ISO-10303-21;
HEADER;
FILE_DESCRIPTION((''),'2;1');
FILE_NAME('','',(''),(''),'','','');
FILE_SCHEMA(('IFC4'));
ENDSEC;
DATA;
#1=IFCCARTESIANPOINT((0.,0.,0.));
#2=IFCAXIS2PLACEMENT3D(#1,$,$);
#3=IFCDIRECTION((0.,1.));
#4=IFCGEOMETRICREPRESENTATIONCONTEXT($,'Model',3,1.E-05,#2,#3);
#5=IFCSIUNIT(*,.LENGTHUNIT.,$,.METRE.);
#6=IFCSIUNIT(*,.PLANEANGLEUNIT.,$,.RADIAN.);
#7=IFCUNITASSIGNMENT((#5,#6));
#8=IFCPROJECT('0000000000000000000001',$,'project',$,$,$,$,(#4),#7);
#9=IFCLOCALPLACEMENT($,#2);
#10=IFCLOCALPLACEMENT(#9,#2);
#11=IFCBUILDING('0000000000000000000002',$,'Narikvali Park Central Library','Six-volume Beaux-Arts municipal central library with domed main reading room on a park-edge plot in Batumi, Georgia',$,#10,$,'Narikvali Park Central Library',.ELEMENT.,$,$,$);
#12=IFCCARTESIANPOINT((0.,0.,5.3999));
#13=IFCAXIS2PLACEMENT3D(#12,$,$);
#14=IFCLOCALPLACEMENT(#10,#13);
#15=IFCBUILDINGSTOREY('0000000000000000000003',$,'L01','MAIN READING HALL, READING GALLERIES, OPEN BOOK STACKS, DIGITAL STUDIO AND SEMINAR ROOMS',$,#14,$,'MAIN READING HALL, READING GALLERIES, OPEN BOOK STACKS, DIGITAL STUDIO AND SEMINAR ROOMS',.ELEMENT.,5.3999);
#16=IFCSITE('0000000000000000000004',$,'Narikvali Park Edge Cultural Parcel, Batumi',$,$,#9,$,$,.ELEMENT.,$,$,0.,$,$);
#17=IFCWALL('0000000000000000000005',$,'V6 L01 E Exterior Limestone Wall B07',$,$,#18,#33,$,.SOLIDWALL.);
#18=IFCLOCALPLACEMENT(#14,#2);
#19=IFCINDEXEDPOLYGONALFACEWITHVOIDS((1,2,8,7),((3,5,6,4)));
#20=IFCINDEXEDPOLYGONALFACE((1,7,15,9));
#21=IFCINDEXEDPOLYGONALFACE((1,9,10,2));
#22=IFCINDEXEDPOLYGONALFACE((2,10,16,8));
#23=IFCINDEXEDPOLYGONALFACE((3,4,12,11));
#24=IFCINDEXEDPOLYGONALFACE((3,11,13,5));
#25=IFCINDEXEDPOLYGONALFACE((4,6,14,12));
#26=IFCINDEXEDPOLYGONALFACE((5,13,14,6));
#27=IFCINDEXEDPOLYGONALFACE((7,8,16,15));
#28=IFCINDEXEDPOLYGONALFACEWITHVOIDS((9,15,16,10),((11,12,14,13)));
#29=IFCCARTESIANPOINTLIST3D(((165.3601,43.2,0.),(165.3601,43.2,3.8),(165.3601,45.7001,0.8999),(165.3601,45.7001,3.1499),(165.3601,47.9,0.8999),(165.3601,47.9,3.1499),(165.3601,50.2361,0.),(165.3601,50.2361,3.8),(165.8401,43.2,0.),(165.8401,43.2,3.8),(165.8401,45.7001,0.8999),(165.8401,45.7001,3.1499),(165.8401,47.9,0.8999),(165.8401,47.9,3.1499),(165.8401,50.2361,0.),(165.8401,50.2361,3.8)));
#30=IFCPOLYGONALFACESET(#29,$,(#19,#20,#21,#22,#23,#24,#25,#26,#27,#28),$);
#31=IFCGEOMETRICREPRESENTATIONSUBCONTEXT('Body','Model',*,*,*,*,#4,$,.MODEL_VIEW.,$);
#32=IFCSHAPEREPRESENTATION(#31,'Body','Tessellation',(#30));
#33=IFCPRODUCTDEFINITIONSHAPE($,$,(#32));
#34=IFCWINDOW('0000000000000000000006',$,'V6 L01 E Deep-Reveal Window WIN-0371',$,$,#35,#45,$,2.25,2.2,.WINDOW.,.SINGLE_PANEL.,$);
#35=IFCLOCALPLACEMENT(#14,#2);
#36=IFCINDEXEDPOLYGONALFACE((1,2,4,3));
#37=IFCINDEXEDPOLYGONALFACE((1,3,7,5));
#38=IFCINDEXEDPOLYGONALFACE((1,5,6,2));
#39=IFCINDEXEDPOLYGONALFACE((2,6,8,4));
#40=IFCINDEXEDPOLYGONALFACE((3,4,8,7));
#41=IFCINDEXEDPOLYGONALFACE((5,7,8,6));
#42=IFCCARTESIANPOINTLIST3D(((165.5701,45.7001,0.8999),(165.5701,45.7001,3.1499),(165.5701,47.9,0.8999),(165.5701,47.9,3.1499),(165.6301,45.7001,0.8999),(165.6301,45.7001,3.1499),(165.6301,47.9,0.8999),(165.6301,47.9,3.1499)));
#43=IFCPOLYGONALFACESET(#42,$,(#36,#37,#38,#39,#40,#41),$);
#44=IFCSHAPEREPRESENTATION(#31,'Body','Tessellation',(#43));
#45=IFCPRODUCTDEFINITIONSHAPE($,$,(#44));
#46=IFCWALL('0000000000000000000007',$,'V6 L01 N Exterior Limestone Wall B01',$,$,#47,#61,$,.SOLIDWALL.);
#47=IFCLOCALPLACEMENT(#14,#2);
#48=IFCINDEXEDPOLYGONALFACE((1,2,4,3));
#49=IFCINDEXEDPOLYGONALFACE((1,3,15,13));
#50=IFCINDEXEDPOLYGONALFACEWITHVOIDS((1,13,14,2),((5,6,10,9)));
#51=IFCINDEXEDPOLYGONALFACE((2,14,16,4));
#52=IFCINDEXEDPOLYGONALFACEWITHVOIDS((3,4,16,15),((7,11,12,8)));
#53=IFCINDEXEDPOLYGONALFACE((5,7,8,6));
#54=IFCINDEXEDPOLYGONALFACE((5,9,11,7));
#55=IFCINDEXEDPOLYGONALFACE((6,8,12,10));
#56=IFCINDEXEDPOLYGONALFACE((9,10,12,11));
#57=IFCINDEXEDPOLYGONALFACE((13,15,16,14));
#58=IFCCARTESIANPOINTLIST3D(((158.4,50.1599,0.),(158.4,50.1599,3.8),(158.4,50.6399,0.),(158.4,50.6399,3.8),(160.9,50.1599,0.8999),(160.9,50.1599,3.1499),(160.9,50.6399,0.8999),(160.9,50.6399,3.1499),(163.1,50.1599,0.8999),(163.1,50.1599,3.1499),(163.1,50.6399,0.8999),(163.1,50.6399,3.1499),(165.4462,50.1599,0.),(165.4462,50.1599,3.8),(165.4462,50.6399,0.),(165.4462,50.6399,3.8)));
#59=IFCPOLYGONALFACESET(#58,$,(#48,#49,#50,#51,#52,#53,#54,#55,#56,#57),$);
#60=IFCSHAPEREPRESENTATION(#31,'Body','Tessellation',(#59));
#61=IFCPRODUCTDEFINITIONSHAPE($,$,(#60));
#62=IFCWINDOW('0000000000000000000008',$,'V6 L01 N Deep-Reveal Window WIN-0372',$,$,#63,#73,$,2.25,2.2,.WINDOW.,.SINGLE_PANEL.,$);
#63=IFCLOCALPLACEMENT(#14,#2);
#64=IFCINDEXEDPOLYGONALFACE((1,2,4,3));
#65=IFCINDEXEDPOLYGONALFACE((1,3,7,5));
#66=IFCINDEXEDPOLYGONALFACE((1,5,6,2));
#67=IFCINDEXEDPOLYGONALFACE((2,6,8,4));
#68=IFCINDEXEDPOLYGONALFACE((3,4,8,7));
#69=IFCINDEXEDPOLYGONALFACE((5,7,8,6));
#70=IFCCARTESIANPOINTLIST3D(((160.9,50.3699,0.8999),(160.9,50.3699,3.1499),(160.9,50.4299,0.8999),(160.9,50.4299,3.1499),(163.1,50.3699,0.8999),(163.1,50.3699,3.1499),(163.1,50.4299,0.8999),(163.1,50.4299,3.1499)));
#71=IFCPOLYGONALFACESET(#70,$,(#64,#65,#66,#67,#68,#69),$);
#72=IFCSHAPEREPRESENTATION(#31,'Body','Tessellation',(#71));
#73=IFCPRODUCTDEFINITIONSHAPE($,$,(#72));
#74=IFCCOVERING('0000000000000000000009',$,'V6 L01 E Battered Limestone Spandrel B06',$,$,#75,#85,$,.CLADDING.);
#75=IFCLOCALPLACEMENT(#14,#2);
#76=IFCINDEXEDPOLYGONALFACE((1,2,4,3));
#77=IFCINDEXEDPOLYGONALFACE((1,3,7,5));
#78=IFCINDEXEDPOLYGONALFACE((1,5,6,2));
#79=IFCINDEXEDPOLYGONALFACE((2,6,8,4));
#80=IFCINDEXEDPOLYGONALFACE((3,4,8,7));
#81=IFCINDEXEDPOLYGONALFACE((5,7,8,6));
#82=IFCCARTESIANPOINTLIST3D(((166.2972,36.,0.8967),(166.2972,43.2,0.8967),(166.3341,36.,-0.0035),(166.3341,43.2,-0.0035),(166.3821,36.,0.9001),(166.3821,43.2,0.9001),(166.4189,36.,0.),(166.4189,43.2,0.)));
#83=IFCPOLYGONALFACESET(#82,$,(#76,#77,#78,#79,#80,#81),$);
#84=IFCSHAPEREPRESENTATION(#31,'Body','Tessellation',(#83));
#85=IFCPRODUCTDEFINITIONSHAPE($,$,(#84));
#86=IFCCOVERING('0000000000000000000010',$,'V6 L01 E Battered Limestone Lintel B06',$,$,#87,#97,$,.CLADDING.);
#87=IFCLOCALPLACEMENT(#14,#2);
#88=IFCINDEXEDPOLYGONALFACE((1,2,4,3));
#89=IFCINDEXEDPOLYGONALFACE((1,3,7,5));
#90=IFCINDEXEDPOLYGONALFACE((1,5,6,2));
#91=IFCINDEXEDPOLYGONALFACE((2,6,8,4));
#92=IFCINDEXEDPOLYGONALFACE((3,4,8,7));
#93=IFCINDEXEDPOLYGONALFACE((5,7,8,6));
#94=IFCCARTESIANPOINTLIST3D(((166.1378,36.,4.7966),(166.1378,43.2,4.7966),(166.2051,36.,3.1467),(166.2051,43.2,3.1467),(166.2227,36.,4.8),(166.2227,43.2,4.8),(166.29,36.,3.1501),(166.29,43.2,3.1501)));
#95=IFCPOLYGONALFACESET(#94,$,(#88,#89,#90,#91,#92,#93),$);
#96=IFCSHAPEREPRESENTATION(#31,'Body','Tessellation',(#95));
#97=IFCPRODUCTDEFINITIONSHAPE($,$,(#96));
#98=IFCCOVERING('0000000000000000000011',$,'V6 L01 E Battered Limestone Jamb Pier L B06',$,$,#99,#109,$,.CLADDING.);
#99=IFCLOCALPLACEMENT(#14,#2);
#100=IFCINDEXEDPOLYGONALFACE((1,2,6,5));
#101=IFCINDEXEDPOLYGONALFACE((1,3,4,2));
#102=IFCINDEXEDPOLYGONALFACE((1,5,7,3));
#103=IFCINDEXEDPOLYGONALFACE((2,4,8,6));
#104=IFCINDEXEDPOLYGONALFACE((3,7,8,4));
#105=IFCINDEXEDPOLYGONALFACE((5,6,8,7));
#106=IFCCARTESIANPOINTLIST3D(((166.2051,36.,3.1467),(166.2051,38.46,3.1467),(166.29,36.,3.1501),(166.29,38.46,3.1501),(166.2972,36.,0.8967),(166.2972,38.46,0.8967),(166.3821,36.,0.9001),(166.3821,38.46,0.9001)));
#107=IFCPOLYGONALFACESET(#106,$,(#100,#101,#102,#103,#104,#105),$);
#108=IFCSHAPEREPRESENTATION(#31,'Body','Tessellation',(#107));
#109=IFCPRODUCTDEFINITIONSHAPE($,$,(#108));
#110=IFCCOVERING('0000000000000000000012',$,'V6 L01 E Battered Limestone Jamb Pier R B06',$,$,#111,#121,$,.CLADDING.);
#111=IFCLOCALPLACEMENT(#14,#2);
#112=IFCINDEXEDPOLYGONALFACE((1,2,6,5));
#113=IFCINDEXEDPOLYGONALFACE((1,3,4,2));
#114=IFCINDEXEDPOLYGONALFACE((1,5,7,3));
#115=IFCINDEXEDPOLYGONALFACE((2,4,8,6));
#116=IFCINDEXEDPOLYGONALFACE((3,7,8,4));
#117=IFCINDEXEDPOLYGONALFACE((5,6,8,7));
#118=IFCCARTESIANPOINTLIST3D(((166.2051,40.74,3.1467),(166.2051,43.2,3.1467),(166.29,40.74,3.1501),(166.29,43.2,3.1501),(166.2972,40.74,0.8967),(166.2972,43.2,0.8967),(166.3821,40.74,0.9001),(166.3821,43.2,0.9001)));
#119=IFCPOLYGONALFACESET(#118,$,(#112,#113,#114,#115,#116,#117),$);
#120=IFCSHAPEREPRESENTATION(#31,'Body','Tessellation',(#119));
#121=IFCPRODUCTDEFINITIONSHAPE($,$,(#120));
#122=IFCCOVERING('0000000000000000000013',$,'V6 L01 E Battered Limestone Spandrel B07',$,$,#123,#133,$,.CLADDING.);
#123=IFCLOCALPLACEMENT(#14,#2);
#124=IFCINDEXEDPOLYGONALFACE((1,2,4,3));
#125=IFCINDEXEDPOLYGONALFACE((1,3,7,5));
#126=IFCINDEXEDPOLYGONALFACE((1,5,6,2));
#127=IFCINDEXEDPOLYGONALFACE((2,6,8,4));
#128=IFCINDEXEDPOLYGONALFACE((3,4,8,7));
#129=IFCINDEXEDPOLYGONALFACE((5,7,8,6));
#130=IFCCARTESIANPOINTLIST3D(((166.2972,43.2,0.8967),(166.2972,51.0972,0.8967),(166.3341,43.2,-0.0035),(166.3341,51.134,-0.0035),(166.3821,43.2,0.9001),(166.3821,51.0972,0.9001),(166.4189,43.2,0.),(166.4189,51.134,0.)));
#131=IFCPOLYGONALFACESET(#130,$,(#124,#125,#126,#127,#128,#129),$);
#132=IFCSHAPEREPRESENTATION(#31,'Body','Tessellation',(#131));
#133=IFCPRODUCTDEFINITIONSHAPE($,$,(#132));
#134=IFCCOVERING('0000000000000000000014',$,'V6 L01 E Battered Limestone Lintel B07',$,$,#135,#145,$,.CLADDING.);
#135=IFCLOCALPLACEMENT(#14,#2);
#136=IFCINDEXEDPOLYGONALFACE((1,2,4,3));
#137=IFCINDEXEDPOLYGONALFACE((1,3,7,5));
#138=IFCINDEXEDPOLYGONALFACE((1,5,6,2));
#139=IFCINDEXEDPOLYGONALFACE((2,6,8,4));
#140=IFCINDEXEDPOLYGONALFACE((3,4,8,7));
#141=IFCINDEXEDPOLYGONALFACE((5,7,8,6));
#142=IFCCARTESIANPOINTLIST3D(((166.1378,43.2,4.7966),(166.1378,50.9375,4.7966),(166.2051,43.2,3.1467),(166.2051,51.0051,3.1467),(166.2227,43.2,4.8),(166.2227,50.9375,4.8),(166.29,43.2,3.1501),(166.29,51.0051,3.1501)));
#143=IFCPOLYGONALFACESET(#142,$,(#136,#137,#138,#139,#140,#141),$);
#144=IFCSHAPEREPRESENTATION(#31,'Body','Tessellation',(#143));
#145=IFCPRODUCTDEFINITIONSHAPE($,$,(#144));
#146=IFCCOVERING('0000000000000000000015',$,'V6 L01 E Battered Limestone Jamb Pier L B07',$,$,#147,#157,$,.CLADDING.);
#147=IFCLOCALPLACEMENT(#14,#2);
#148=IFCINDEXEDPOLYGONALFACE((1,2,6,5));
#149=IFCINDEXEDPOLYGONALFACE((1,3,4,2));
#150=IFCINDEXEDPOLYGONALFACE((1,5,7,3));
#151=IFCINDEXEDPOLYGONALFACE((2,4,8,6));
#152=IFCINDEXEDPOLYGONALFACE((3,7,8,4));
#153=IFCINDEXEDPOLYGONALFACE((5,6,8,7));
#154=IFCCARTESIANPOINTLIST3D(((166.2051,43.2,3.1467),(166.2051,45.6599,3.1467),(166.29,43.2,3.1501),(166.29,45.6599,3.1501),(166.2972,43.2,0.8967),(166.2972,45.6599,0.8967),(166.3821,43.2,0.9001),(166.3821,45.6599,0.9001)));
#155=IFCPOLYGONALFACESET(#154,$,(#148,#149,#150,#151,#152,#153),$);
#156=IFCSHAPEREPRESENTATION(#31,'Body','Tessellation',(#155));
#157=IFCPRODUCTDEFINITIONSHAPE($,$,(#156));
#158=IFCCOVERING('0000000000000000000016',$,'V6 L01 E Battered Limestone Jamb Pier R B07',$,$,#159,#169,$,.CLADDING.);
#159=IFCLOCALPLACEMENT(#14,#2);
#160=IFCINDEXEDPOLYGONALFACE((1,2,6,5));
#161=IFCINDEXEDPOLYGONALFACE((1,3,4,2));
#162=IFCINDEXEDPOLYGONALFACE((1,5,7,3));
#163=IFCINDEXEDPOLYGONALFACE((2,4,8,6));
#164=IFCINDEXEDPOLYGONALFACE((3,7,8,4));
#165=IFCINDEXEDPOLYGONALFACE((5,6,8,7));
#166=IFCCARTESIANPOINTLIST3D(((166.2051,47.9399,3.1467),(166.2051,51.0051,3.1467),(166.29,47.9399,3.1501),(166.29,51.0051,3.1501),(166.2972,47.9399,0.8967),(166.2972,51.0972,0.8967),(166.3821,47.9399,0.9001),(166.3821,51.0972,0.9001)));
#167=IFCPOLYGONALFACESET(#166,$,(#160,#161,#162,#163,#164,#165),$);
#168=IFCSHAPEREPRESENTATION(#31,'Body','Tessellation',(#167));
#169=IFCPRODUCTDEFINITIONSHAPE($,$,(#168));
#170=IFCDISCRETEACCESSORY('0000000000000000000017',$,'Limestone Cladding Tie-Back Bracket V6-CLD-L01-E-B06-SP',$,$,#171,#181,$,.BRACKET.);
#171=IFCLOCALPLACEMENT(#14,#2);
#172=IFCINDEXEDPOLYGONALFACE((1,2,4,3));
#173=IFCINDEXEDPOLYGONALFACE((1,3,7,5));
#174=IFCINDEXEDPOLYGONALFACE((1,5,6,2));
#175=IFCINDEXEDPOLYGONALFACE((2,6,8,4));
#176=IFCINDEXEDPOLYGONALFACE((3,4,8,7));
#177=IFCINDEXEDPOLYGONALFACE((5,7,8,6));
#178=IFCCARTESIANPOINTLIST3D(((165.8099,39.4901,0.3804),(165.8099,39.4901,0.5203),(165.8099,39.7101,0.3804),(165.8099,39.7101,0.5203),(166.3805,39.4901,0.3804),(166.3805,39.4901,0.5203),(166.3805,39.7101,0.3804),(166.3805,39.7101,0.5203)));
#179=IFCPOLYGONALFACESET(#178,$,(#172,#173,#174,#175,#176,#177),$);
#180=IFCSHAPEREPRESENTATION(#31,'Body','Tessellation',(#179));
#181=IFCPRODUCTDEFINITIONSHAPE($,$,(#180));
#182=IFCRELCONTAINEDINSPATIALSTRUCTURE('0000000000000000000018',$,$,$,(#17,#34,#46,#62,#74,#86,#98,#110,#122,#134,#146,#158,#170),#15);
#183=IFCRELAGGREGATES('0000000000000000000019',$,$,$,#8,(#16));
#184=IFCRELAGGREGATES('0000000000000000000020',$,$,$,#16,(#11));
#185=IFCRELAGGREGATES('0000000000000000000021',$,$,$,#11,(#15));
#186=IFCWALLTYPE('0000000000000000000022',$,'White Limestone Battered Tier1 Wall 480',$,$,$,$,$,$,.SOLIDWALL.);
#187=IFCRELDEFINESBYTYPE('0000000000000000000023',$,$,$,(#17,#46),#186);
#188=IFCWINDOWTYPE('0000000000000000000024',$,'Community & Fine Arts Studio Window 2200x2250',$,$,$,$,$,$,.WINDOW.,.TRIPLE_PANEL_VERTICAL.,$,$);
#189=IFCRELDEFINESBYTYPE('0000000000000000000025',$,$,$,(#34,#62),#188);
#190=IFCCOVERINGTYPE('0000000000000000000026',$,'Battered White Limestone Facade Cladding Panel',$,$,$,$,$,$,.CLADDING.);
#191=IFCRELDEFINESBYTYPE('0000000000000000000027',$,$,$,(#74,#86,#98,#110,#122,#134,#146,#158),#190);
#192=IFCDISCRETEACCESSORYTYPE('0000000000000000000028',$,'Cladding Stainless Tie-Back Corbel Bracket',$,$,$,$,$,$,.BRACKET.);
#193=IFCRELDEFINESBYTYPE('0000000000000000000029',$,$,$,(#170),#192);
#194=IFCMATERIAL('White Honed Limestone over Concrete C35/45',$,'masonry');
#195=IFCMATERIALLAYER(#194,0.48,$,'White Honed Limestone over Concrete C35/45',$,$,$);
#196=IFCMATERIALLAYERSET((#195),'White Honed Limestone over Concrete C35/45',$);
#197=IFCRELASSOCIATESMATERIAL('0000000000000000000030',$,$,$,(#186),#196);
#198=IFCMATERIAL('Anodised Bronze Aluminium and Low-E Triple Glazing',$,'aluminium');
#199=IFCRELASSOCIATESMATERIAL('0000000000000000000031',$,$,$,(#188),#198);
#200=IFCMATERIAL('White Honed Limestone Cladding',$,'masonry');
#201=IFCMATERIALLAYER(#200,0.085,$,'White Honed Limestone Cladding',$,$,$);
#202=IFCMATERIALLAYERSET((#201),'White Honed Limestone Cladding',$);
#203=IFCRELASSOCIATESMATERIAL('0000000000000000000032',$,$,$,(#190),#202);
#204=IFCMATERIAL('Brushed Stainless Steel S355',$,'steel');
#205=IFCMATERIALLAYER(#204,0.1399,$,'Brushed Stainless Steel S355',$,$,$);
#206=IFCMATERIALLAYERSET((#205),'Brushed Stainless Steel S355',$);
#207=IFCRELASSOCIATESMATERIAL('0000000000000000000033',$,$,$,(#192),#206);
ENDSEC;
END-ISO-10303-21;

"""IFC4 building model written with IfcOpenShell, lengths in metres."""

from ifc_helpers import new_model, si_unit, direction, frame, frame_2d, origin, origin_2d, place, context, subcontext, project, spatial, polyline, rectangle, outline, extrude, material, layer, layer_set, type_object, element, fill, save


model = new_model("IFC4")

# Units and contexts
model_context = context("Model", 3, precision=1e-05, world=origin(), true_north=direction((0.0, 1.0)))
body_context = subcontext(model_context, "Body", "Model", "MODEL_VIEW")
ifc_project = project(units=[si_unit("LENGTHUNIT", "METRE"), si_unit("PLANEANGLEUNIT", "RADIAN")], contexts=[model_context])

# Site, building, storey
site_placement = place(None, origin())
site = spatial("IfcSite", under=ifc_project, at=site_placement, Name="Narikvali Park Edge Cultural Parcel, Batumi", CompositionType="ELEMENT", RefElevation=0.0)
building_placement = place(site_placement, origin())
building = spatial("IfcBuilding", under=site, at=building_placement, Name="Narikvali Park Central Library", Description="Six-volume Beaux-Arts municipal central library with domed main reading room on a park-edge plot in Batumi, Georgia", LongName="Narikvali Park Central Library", CompositionType="ELEMENT")
storey_placement = place(building_placement, frame((0.0, 0.0, 5.3999)))
storey = spatial("IfcBuildingStorey", under=building, at=storey_placement, Name="L01", Description="MAIN READING HALL, READING GALLERIES, OPEN BOOK STACKS, DIGITAL STUDIO AND SEMINAR ROOMS", LongName="MAIN READING HALL, READING GALLERIES, OPEN BOOK STACKS, DIGITAL STUDIO AND SEMINAR ROOMS", CompositionType="ELEMENT", Elevation=5.3999)

# Walls, openings, windows
ifc_material_1 = material(Name="White Honed Limestone over Concrete C35/45", Category="masonry")
ifc_layer_1 = layer(ifc_material_1, 0.48, Name="White Honed Limestone over Concrete C35/45")
ifc_layer_set_1 = layer_set([ifc_layer_1], Name="White Honed Limestone over Concrete C35/45")
wall_type = type_object("IfcWallType", Name="White Limestone Battered Tier1 Wall 480", PredefinedType="SOLIDWALL", material=ifc_layer_set_1)
ifc_material_2 = material(Name="Anodised Bronze Aluminium and Low-E Triple Glazing", Category="aluminium")
window_type = type_object("IfcWindowType", Name="Community & Fine Arts Studio Window 2200x2250", PartitioningType="TRIPLE_PANEL_VERTICAL", PredefinedType="WINDOW", material=ifc_material_2)
wall_1_placement = place(storey_placement, frame((165.6001, 43.2, 0.0), z_axis=(0.0, 0.0, 1.0), x_axis=(0.0, 1.0, 0.0)))
wall_1 = element("IfcWall", 1, at=wall_1_placement, inside=storey, type_object=wall_type, Name="V6 L01 E Exterior Limestone Wall B07", PredefinedType="SOLIDWALL", context=body_context, shape_type="SweptSolid", body=[
    extrude(rectangle(XDim=7.0361, YDim=0.48, at=frame_2d((3.5181, 0.0))), origin(), (0.0, 0.0, 1.0), 3.8),
])
opening_1_placement = place(wall_1_placement, frame((2.5, 0.0, 0.8999)))
opening_1 = element("IfcOpeningElement", 2, at=opening_1_placement, cuts=wall_1, PredefinedType="OPENING", context=body_context, shape_type="SweptSolid", body=[
    extrude(rectangle(XDim=2.2, YDim=2.25, at=frame_2d((1.1001, 1.125))), frame((0.0, 0.252, 0.0), z_axis=(0.0, -1.0, 0.0), x_axis=(1.0, 0.0, 0.0)), (0.0, 0.0, 1.0), 0.5039),
])
window_1_placement = place(opening_1_placement, origin())
window_1 = element("IfcWindow", 3, at=window_1_placement, inside=storey, type_object=window_type, Name="V6 L01 E Deep-Reveal Window WIN-0371", OverallHeight=2.25, OverallWidth=2.2, PartitioningType="SINGLE_PANEL", PredefinedType="WINDOW", context=body_context, shape_type="SweptSolid", body=[
    extrude(rectangle(XDim=2.2, YDim=2.25, at=frame_2d((1.1001, 1.125))), frame((0.0, 0.03, 0.0), z_axis=(0.0, -1.0, 0.0), x_axis=(1.0, 0.0, 0.0)), (0.0, 0.0, 1.0), 0.0601),
])
fill(opening_1, window_1)
wall_2_placement = place(storey_placement, frame((165.446, 50.3999, 0.0), z_axis=(0.0, 0.0, 1.0), x_axis=(-1.0, 0.0, 0.0)))
wall_2 = element("IfcWall", 4, at=wall_2_placement, inside=storey, type_object=wall_type, Name="V6 L01 N Exterior Limestone Wall B01", PredefinedType="SOLIDWALL", context=body_context, shape_type="SweptSolid", body=[
    extrude(rectangle(XDim=7.0461, YDim=0.48, at=frame_2d((3.5229, 0.0))), origin(), (0.0, 0.0, 1.0), 3.8),
])
opening_2_placement = place(wall_2_placement, frame((2.3459, 0.0, 0.8999)))
opening_2 = element("IfcOpeningElement", 5, at=opening_2_placement, cuts=wall_2, PredefinedType="OPENING", context=body_context, shape_type="SweptSolid", body=[
    extrude(rectangle(XDim=2.2, YDim=2.25, at=frame_2d((1.1001, 1.125))), frame((0.0, 0.252, 0.0), z_axis=(0.0, -1.0, 0.0), x_axis=(1.0, 0.0, 0.0)), (0.0, 0.0, 1.0), 0.5039),
])
window_2_placement = place(opening_2_placement, origin())
window_2 = element("IfcWindow", 6, at=window_2_placement, inside=storey, type_object=window_type, Name="V6 L01 N Deep-Reveal Window WIN-0372", OverallHeight=2.25, OverallWidth=2.2, PartitioningType="SINGLE_PANEL", PredefinedType="WINDOW", context=body_context, shape_type="SweptSolid", body=[
    extrude(rectangle(XDim=2.2, YDim=2.25, at=frame_2d((1.1001, 1.125))), frame((0.0, 0.03, 0.0), z_axis=(0.0, -1.0, 0.0), x_axis=(1.0, 0.0, 0.0)), (0.0, 0.0, 1.0), 0.0601),
])
fill(opening_2, window_2)

# Coverings
ifc_material_3 = material(Name="White Honed Limestone Cladding", Category="masonry")
ifc_layer_2 = layer(ifc_material_3, 0.085, Name="White Honed Limestone Cladding")
ifc_layer_set_2 = layer_set([ifc_layer_2], Name="White Honed Limestone Cladding")
covering_type = type_object("IfcCoveringType", Name="Battered White Limestone Facade Cladding Panel", PredefinedType="CLADDING", material=ifc_layer_set_2)
covering_1_placement = place(storey_placement, frame((166.4189, 36.0, 0.0), z_axis=(0.999162, 0.0, 0.04092), x_axis=(0.0, 1.0, 0.0)))
element("IfcCovering", 7, at=covering_1_placement, inside=storey, type_object=covering_type, Name="V6 L01 E Battered Limestone Spandrel B06", PredefinedType="CLADDING", context=body_context, shape_type="SweptSolid", body=[
    extrude(outline(polyline([(0.0, 0.0), (7.2, 0.0), (7.2, 0.9009), (0.0, 0.9009), (0.0, 0.0)])), origin(), (0.0, 0.0, -1.0), 0.085),
])
covering_2_placement = place(storey_placement, frame((166.29, 36.0, 3.1501), z_axis=(0.999167, 0.0, 0.040806), x_axis=(0.0, 1.0, 0.0)))
element("IfcCovering", 8, at=covering_2_placement, inside=storey, type_object=covering_type, Name="V6 L01 E Battered Limestone Lintel B06", PredefinedType="CLADDING", context=body_context, shape_type="SweptSolid", body=[
    extrude(outline(polyline([(0.0, 0.0), (7.2, 0.0), (7.2, 1.6513), (0.0, 1.6513), (0.0, 0.0)])), origin(), (0.0, 0.0, -1.0), 0.085),
])
for number, where, z_axis, x_axis, name in (
    (9, (166.3821, 36.0, 0.9001), (0.999164, 0.0, 0.040873), (0.0, 1.0, 0.0), "V6 L01 E Battered Limestone Jamb Pier L B06"),
    (10, (166.3821, 40.74, 0.9001), (0.999164, 0.0, 0.040873), (0.0, 1.0, 0.0), "V6 L01 E Battered Limestone Jamb Pier R B06"),
):
    element("IfcCovering", number, at=place(storey_placement, frame(where, z_axis=z_axis, x_axis=x_axis)), inside=storey, type_object=covering_type, Name=name, PredefinedType="CLADDING", context=body_context, shape_type="SweptSolid", body=[
        extrude(outline(polyline([(0.0, 0.0), (2.46, 0.0), (2.46, 2.2519), (0.0, 2.2519), (0.0, 0.0)])), origin(), (0.0, 0.0, -1.0), 0.085),
    ])
covering_3_placement = place(storey_placement, frame((166.4189, 43.2, 0.0), z_axis=(0.999162, 0.0, 0.04092), x_axis=(0.0, 1.0, 0.0)))
element("IfcCovering", 11, at=covering_3_placement, inside=storey, type_object=covering_type, Name="V6 L01 E Battered Limestone Spandrel B07", PredefinedType="CLADDING", context=body_context, shape_type="SweptSolid", body=[
    extrude(outline(polyline([(0.0, 0.0), (7.9341, 0.0), (7.8972, 0.9009), (0.0, 0.9009), (0.0, 0.0)])), origin(), (0.0, 0.0, -1.0), 0.085),
])
covering_4_placement = place(storey_placement, frame((166.29, 43.2, 3.1501), z_axis=(0.999167, 0.0, 0.040806), x_axis=(0.0, 1.0, 0.0)))
element("IfcCovering", 12, at=covering_4_placement, inside=storey, type_object=covering_type, Name="V6 L01 E Battered Limestone Lintel B07", PredefinedType="CLADDING", context=body_context, shape_type="SweptSolid", body=[
    extrude(outline(polyline([(0.0, 0.0), (7.8052, 0.0), (7.7375, 1.6513), (0.0, 1.6513), (0.0, 0.0)])), origin(), (0.0, 0.0, -1.0), 0.085),
])
covering_5_placement = place(storey_placement, frame((166.3821, 43.2, 0.9001), z_axis=(0.999164, 0.0, 0.040873), x_axis=(0.0, 1.0, 0.0)))
element("IfcCovering", 13, at=covering_5_placement, inside=storey, type_object=covering_type, Name="V6 L01 E Battered Limestone Jamb Pier L B07", PredefinedType="CLADDING", context=body_context, shape_type="SweptSolid", body=[
    extrude(outline(polyline([(0.0, 0.0), (2.46, 0.0), (2.46, 2.2519), (0.0, 2.2519), (0.0, 0.0)])), origin(), (0.0, 0.0, -1.0), 0.085),
])
covering_6_placement = place(storey_placement, frame((166.3821, 47.9399, 0.9001), z_axis=(0.999164, 0.0, 0.040873), x_axis=(0.0, 1.0, 0.0)))
element("IfcCovering", 14, at=covering_6_placement, inside=storey, type_object=covering_type, Name="V6 L01 E Battered Limestone Jamb Pier R B07", PredefinedType="CLADDING", context=body_context, shape_type="SweptSolid", body=[
    extrude(outline(polyline([(0.0, 0.0), (3.1572, 0.0), (3.0652, 2.2519), (0.0, 2.2519), (0.0, 0.0)])), origin(), (0.0, 0.0, -1.0), 0.085),
])

# Discrete accessory
ifc_material_4 = material(Name="Brushed Stainless Steel S355", Category="steel")
ifc_layer_3 = layer(ifc_material_4, 0.1399, Name="Brushed Stainless Steel S355")
ifc_layer_set_3 = layer_set([ifc_layer_3], Name="Brushed Stainless Steel S355")
discrete_accessory_type = type_object("IfcDiscreteAccessoryType", Name="Cladding Stainless Tie-Back Corbel Bracket", PredefinedType="BRACKET", material=ifc_layer_set_3)
discrete_accessory_1_placement = place(storey_placement, frame((166.0952, 39.6001, 0.3804), z_axis=(0.0, 0.0, 1.0), x_axis=(1.0, 0.0, 0.0)))
element("IfcDiscreteAccessory", 15, at=discrete_accessory_1_placement, inside=storey, type_object=discrete_accessory_type, Name="Limestone Cladding Tie-Back Bracket V6-CLD-L01-E-B06-SP", PredefinedType="BRACKET", context=body_context, shape_type="SweptSolid", body=[
    extrude(rectangle(XDim=0.5706, YDim=0.22, at=origin_2d()), origin(), (0.0, 0.0, 1.0), 0.1399),
])

save(model, "model.ifc")
